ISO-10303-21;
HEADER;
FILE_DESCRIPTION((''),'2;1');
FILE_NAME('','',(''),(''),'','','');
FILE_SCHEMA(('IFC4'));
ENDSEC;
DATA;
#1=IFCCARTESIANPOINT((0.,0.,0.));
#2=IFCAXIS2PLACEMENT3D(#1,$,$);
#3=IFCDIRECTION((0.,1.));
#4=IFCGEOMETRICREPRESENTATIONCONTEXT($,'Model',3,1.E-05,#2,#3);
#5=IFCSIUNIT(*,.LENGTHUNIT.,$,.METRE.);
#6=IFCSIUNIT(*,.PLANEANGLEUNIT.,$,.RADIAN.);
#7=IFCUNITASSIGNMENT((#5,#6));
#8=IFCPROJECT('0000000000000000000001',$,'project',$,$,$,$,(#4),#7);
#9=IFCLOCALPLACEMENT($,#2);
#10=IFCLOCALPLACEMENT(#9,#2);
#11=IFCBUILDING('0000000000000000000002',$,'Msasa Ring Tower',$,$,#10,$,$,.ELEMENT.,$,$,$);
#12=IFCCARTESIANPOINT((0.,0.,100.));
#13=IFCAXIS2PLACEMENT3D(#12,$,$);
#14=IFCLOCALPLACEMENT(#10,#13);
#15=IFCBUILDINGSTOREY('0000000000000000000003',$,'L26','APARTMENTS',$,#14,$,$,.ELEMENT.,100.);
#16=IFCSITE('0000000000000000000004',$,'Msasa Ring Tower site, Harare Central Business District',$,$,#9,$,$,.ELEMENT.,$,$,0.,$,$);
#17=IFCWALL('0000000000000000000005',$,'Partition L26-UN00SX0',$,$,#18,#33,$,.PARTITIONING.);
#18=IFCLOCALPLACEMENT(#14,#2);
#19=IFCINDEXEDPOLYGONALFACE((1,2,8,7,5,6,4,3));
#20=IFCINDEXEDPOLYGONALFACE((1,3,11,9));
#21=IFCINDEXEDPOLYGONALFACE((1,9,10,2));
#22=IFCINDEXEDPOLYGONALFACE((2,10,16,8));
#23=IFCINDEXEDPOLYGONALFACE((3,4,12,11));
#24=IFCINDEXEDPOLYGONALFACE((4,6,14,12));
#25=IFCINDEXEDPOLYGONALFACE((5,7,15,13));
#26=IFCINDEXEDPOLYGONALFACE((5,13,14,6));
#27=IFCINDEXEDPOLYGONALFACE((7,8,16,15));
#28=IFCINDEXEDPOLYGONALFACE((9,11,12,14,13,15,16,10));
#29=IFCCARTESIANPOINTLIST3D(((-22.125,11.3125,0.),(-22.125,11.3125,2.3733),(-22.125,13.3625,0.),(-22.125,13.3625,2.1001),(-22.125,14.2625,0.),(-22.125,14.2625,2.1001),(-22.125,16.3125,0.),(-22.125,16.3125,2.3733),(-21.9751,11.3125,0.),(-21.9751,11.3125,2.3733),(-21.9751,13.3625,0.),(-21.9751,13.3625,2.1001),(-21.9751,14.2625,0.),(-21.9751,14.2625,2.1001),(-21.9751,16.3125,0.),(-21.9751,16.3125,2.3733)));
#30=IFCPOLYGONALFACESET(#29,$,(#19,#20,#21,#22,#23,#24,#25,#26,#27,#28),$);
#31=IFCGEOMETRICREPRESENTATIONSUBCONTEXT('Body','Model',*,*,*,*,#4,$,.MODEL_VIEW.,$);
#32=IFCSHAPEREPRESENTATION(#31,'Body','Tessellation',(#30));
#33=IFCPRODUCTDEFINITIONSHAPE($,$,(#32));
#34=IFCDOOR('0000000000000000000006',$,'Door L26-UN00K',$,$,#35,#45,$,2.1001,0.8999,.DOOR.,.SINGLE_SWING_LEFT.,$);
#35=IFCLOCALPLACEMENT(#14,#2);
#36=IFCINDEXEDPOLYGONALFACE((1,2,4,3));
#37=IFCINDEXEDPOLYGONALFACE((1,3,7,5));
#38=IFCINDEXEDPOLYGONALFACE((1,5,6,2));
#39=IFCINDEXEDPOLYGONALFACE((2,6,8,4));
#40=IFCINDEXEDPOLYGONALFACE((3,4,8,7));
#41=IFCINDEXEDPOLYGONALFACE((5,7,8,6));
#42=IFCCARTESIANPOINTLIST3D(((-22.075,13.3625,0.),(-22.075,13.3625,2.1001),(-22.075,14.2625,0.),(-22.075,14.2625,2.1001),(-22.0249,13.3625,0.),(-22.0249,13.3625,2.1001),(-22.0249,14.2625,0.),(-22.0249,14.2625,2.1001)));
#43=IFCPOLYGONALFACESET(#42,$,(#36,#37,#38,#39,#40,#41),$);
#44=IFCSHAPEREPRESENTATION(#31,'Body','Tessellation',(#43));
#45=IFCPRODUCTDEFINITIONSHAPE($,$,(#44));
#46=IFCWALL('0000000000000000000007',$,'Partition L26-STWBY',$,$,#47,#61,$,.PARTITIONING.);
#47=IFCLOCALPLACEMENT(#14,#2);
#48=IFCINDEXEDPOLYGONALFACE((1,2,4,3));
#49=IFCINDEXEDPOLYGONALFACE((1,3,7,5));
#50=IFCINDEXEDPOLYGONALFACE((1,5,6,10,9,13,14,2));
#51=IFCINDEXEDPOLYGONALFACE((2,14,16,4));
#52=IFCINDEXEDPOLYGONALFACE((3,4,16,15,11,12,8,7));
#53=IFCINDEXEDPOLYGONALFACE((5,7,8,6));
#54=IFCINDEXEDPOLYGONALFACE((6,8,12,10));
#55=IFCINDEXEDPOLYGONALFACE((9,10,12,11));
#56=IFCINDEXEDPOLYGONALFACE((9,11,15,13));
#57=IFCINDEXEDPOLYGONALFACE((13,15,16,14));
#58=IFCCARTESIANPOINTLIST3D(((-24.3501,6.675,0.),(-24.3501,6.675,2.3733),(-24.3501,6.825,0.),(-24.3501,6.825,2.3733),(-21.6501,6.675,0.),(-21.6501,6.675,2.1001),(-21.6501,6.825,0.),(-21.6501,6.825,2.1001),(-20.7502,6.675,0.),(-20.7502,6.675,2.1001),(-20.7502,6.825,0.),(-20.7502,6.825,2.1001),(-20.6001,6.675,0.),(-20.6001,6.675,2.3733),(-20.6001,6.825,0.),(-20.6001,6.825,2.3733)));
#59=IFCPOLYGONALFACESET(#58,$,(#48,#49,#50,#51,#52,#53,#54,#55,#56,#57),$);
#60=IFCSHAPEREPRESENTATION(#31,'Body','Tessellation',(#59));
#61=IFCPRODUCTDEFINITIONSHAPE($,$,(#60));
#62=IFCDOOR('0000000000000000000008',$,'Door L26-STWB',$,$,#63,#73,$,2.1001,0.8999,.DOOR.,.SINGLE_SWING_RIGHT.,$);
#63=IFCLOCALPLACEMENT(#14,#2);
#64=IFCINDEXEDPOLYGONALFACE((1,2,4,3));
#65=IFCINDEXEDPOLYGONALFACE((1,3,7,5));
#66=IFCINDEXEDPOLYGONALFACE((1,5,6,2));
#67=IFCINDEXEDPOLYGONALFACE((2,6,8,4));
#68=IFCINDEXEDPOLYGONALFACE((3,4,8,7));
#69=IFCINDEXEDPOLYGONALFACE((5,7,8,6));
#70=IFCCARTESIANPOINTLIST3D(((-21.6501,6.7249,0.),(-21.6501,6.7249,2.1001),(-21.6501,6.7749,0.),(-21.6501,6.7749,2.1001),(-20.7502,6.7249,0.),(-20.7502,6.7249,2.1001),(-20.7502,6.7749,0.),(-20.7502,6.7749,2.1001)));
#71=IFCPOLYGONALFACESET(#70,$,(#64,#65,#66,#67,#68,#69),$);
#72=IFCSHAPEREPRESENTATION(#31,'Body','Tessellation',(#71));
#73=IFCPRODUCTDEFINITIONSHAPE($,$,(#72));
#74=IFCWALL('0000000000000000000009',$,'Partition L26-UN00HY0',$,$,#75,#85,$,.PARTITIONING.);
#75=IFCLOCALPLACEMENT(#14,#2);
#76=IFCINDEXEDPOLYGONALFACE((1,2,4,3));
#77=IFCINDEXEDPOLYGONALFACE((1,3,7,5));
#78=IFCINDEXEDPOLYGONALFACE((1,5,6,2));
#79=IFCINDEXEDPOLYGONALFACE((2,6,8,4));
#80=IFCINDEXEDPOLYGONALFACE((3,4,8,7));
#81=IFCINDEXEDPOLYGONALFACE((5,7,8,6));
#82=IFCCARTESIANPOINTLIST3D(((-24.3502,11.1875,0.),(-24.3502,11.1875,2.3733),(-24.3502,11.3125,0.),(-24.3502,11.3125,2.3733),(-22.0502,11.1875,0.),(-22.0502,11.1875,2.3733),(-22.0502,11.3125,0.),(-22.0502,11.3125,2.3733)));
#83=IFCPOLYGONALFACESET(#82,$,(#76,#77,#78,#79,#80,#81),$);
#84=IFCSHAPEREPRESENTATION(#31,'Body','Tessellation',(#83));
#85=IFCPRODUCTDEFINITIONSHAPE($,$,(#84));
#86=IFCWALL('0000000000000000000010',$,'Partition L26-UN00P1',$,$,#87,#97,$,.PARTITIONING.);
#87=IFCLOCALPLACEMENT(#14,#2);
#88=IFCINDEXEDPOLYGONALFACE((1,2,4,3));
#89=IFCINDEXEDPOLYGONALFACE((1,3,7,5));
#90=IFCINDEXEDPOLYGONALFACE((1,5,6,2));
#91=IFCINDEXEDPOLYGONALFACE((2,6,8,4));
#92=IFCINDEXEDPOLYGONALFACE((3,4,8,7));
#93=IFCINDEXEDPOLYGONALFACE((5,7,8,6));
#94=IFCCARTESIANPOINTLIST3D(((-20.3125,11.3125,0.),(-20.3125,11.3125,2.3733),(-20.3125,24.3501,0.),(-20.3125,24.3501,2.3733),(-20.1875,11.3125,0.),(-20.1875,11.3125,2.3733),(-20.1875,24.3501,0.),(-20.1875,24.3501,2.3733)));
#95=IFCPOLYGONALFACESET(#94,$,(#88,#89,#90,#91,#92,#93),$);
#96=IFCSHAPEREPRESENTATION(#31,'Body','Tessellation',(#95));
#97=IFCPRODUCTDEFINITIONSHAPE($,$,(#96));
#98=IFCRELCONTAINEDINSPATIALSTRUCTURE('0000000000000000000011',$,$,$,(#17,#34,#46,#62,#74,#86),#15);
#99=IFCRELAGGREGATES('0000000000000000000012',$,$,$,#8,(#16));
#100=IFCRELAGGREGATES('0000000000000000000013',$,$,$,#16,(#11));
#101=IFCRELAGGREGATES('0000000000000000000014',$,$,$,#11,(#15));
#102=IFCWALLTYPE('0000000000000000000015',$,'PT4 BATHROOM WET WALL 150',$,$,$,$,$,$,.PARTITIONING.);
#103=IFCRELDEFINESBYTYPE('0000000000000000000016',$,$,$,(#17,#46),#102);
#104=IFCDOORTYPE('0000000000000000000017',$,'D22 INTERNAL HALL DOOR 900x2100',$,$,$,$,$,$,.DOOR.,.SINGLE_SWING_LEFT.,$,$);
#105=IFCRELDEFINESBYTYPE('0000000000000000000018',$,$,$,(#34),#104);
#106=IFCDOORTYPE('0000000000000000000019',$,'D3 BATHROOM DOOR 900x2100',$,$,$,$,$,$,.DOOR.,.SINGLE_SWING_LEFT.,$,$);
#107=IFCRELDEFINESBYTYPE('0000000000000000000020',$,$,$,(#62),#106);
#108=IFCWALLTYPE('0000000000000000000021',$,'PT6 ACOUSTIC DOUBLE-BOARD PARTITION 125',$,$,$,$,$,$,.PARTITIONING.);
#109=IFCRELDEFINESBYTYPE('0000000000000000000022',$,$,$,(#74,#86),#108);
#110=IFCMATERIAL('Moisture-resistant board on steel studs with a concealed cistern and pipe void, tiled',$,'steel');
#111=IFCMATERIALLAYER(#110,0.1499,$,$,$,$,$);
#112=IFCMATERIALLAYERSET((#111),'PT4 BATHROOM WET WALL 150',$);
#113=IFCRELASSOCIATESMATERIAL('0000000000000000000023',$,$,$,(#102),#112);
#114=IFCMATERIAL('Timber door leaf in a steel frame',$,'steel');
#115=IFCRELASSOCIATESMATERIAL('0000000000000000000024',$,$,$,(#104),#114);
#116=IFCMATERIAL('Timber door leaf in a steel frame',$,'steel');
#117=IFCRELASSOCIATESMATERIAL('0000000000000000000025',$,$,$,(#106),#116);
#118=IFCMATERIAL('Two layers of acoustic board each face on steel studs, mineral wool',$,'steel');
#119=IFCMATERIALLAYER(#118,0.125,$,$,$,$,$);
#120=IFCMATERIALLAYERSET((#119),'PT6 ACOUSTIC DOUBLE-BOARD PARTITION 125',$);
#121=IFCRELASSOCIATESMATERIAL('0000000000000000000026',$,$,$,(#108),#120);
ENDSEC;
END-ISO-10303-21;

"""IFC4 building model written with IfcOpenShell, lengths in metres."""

from ifc_helpers import new_model, si_unit, direction, frame, frame_2d, origin, place, context, subcontext, project, spatial, rectangle, extrude, material, layer, layer_set, type_object, element, fill, save


model = new_model("IFC4")

# Units and contexts
model_context = context("Model", 3, precision=1e-05, world=origin(), true_north=direction((0.0, 1.0)))
body_context = subcontext(model_context, "Body", "Model", "MODEL_VIEW")
ifc_project = project(units=[si_unit("LENGTHUNIT", "METRE"), si_unit("PLANEANGLEUNIT", "RADIAN")], contexts=[model_context])

# Site, building, storey
site_placement = place(None, origin())
site = spatial("IfcSite", under=ifc_project, at=site_placement, Name="Msasa Ring Tower site, Harare Central Business District", CompositionType="ELEMENT", RefElevation=0.0)
building_placement = place(site_placement, origin())
building = spatial("IfcBuilding", under=site, at=building_placement, Name="Msasa Ring Tower", CompositionType="ELEMENT")
storey_placement = place(building_placement, frame((0.0, 0.0, 100.0)))
storey = spatial("IfcBuildingStorey", under=building, at=storey_placement, Name="L26", Description="APARTMENTS", CompositionType="ELEMENT", Elevation=100.0)

# Walls, openings, doors
ifc_material_1 = material(Name="Moisture-resistant board on steel studs with a concealed cistern and pipe void, tiled", Category="steel")
ifc_layer_1 = layer(ifc_material_1, 0.1499)
ifc_layer_set_1 = layer_set([ifc_layer_1], Name="PT4 BATHROOM WET WALL 150")
wall_type_1 = type_object("IfcWallType", Name="PT4 BATHROOM WET WALL 150", PredefinedType="PARTITIONING", material=ifc_layer_set_1)
wall_1_placement = place(storey_placement, frame((-22.05, 11.3125, 0.0), z_axis=(0.0, 0.0, 1.0), x_axis=(0.0, 1.0, 0.0)))
wall_1 = element("IfcWall", 1, at=wall_1_placement, inside=storey, type_object=wall_type_1, Name="Partition L26-UN00SX0", PredefinedType="PARTITIONING", context=body_context, shape_type="SweptSolid", body=[
    extrude(rectangle(XDim=5.0, YDim=0.1499, at=frame_2d((2.5, 0.0))), origin(), (0.0, 0.0, 1.0), 2.3733),
])
opening_1_placement = place(wall_1_placement, frame((2.05, 0.0, 0.0)))
opening_1 = element("IfcOpeningElement", 2, at=opening_1_placement, cuts=wall_1, PredefinedType="OPENING", context=body_context, shape_type="SweptSolid", body=[
    extrude(rectangle(XDim=0.8999, YDim=2.1001, at=frame_2d((0.45, 1.05))), frame((0.0, 0.085, 0.0), z_axis=(0.0, -1.0, 0.0), x_axis=(1.0, 0.0, 0.0)), (0.0, 0.0, 1.0), 0.1699),
])
ifc_material_2 = material(Name="Timber door leaf in a steel frame", Category="steel")
door_type_1 = type_object("IfcDoorType", Name="D22 INTERNAL HALL DOOR 900x2100", OperationType="SINGLE_SWING_LEFT", PredefinedType="DOOR", material=ifc_material_2)
door_1_placement = place(opening_1_placement, origin())
door_1 = element("IfcDoor", 3, at=door_1_placement, inside=storey, type_object=door_type_1, Name="Door L26-UN00K", OperationType="SINGLE_SWING_LEFT", OverallHeight=2.1001, OverallWidth=0.8999, PredefinedType="DOOR", context=body_context, shape_type="SweptSolid", body=[
    extrude(rectangle(XDim=0.8999, YDim=2.1001, at=frame_2d((0.45, 1.05))), frame((0.0, 0.0249, 0.0), z_axis=(0.0, -1.0, 0.0), x_axis=(1.0, 0.0, 0.0)), (0.0, 0.0, 1.0), 0.05),
])
fill(opening_1, door_1)
wall_2_placement = place(storey_placement, frame((-24.3501, 6.75, 0.0), z_axis=(0.0, 0.0, 1.0), x_axis=(1.0, 0.0, 0.0)))
wall_2 = element("IfcWall", 4, at=wall_2_placement, inside=storey, type_object=wall_type_1, Name="Partition L26-STWBY", PredefinedType="PARTITIONING", context=body_context, shape_type="SweptSolid", body=[
    extrude(rectangle(XDim=3.75, YDim=0.1499, at=frame_2d((1.875, 0.0))), origin(), (0.0, 0.0, 1.0), 2.3733),
])
opening_2_placement = place(wall_2_placement, frame((2.7, 0.0, 0.0)))
opening_2 = element("IfcOpeningElement", 5, at=opening_2_placement, cuts=wall_2, PredefinedType="OPENING", context=body_context, shape_type="SweptSolid", body=[
    extrude(rectangle(XDim=0.8999, YDim=2.1001, at=frame_2d((0.45, 1.05))), frame((0.0, 0.085, 0.0), z_axis=(0.0, -1.0, 0.0), x_axis=(1.0, 0.0, 0.0)), (0.0, 0.0, 1.0), 0.1699),
])
ifc_material_3 = material(Name="Timber door leaf in a steel frame", Category="steel")
door_type_2 = type_object("IfcDoorType", Name="D3 BATHROOM DOOR 900x2100", OperationType="SINGLE_SWING_LEFT", PredefinedType="DOOR", material=ifc_material_3)
door_2_placement = place(opening_2_placement, origin())
door_2 = element("IfcDoor", 6, at=door_2_placement, inside=storey, type_object=door_type_2, Name="Door L26-STWB", OperationType="SINGLE_SWING_RIGHT", OverallHeight=2.1001, OverallWidth=0.8999, PredefinedType="DOOR", context=body_context, shape_type="SweptSolid", body=[
    extrude(rectangle(XDim=0.8999, YDim=2.1001, at=frame_2d((0.45, 1.05))), frame((0.0, 0.0249, 0.0), z_axis=(0.0, -1.0, 0.0), x_axis=(1.0, 0.0, 0.0)), (0.0, 0.0, 1.0), 0.05),
])
fill(opening_2, door_2)

# Walls
ifc_material_4 = material(Name="Two layers of acoustic board each face on steel studs, mineral wool", Category="steel")
ifc_layer_2 = layer(ifc_material_4, 0.125)
ifc_layer_set_2 = layer_set([ifc_layer_2], Name="PT6 ACOUSTIC DOUBLE-BOARD PARTITION 125")
wall_type_2 = type_object("IfcWallType", Name="PT6 ACOUSTIC DOUBLE-BOARD PARTITION 125", PredefinedType="PARTITIONING", material=ifc_layer_set_2)
wall_3_placement = place(storey_placement, frame((-24.3501, 11.25, 0.0), z_axis=(0.0, 0.0, 1.0), x_axis=(1.0, 0.0, 0.0)))
element("IfcWall", 7, at=wall_3_placement, inside=storey, type_object=wall_type_2, Name="Partition L26-UN00HY0", PredefinedType="PARTITIONING", context=body_context, shape_type="SweptSolid", body=[
    extrude(rectangle(XDim=2.3, YDim=0.125, at=frame_2d((1.1499, 0.0))), origin(), (0.0, 0.0, 1.0), 2.3733),
])
wall_4_placement = place(storey_placement, frame((-20.25, 11.3125, 0.0), z_axis=(0.0, 0.0, 1.0), x_axis=(0.0, 1.0, 0.0)))
element("IfcWall", 8, at=wall_4_placement, inside=storey, type_object=wall_type_2, Name="Partition L26-UN00P1", PredefinedType="PARTITIONING", context=body_context, shape_type="SweptSolid", body=[
    extrude(rectangle(XDim=13.0376, YDim=0.125, at=frame_2d((6.5188, 0.0))), origin(), (0.0, 0.0, 1.0), 2.3733),
])

save(model, "model.ifc")
